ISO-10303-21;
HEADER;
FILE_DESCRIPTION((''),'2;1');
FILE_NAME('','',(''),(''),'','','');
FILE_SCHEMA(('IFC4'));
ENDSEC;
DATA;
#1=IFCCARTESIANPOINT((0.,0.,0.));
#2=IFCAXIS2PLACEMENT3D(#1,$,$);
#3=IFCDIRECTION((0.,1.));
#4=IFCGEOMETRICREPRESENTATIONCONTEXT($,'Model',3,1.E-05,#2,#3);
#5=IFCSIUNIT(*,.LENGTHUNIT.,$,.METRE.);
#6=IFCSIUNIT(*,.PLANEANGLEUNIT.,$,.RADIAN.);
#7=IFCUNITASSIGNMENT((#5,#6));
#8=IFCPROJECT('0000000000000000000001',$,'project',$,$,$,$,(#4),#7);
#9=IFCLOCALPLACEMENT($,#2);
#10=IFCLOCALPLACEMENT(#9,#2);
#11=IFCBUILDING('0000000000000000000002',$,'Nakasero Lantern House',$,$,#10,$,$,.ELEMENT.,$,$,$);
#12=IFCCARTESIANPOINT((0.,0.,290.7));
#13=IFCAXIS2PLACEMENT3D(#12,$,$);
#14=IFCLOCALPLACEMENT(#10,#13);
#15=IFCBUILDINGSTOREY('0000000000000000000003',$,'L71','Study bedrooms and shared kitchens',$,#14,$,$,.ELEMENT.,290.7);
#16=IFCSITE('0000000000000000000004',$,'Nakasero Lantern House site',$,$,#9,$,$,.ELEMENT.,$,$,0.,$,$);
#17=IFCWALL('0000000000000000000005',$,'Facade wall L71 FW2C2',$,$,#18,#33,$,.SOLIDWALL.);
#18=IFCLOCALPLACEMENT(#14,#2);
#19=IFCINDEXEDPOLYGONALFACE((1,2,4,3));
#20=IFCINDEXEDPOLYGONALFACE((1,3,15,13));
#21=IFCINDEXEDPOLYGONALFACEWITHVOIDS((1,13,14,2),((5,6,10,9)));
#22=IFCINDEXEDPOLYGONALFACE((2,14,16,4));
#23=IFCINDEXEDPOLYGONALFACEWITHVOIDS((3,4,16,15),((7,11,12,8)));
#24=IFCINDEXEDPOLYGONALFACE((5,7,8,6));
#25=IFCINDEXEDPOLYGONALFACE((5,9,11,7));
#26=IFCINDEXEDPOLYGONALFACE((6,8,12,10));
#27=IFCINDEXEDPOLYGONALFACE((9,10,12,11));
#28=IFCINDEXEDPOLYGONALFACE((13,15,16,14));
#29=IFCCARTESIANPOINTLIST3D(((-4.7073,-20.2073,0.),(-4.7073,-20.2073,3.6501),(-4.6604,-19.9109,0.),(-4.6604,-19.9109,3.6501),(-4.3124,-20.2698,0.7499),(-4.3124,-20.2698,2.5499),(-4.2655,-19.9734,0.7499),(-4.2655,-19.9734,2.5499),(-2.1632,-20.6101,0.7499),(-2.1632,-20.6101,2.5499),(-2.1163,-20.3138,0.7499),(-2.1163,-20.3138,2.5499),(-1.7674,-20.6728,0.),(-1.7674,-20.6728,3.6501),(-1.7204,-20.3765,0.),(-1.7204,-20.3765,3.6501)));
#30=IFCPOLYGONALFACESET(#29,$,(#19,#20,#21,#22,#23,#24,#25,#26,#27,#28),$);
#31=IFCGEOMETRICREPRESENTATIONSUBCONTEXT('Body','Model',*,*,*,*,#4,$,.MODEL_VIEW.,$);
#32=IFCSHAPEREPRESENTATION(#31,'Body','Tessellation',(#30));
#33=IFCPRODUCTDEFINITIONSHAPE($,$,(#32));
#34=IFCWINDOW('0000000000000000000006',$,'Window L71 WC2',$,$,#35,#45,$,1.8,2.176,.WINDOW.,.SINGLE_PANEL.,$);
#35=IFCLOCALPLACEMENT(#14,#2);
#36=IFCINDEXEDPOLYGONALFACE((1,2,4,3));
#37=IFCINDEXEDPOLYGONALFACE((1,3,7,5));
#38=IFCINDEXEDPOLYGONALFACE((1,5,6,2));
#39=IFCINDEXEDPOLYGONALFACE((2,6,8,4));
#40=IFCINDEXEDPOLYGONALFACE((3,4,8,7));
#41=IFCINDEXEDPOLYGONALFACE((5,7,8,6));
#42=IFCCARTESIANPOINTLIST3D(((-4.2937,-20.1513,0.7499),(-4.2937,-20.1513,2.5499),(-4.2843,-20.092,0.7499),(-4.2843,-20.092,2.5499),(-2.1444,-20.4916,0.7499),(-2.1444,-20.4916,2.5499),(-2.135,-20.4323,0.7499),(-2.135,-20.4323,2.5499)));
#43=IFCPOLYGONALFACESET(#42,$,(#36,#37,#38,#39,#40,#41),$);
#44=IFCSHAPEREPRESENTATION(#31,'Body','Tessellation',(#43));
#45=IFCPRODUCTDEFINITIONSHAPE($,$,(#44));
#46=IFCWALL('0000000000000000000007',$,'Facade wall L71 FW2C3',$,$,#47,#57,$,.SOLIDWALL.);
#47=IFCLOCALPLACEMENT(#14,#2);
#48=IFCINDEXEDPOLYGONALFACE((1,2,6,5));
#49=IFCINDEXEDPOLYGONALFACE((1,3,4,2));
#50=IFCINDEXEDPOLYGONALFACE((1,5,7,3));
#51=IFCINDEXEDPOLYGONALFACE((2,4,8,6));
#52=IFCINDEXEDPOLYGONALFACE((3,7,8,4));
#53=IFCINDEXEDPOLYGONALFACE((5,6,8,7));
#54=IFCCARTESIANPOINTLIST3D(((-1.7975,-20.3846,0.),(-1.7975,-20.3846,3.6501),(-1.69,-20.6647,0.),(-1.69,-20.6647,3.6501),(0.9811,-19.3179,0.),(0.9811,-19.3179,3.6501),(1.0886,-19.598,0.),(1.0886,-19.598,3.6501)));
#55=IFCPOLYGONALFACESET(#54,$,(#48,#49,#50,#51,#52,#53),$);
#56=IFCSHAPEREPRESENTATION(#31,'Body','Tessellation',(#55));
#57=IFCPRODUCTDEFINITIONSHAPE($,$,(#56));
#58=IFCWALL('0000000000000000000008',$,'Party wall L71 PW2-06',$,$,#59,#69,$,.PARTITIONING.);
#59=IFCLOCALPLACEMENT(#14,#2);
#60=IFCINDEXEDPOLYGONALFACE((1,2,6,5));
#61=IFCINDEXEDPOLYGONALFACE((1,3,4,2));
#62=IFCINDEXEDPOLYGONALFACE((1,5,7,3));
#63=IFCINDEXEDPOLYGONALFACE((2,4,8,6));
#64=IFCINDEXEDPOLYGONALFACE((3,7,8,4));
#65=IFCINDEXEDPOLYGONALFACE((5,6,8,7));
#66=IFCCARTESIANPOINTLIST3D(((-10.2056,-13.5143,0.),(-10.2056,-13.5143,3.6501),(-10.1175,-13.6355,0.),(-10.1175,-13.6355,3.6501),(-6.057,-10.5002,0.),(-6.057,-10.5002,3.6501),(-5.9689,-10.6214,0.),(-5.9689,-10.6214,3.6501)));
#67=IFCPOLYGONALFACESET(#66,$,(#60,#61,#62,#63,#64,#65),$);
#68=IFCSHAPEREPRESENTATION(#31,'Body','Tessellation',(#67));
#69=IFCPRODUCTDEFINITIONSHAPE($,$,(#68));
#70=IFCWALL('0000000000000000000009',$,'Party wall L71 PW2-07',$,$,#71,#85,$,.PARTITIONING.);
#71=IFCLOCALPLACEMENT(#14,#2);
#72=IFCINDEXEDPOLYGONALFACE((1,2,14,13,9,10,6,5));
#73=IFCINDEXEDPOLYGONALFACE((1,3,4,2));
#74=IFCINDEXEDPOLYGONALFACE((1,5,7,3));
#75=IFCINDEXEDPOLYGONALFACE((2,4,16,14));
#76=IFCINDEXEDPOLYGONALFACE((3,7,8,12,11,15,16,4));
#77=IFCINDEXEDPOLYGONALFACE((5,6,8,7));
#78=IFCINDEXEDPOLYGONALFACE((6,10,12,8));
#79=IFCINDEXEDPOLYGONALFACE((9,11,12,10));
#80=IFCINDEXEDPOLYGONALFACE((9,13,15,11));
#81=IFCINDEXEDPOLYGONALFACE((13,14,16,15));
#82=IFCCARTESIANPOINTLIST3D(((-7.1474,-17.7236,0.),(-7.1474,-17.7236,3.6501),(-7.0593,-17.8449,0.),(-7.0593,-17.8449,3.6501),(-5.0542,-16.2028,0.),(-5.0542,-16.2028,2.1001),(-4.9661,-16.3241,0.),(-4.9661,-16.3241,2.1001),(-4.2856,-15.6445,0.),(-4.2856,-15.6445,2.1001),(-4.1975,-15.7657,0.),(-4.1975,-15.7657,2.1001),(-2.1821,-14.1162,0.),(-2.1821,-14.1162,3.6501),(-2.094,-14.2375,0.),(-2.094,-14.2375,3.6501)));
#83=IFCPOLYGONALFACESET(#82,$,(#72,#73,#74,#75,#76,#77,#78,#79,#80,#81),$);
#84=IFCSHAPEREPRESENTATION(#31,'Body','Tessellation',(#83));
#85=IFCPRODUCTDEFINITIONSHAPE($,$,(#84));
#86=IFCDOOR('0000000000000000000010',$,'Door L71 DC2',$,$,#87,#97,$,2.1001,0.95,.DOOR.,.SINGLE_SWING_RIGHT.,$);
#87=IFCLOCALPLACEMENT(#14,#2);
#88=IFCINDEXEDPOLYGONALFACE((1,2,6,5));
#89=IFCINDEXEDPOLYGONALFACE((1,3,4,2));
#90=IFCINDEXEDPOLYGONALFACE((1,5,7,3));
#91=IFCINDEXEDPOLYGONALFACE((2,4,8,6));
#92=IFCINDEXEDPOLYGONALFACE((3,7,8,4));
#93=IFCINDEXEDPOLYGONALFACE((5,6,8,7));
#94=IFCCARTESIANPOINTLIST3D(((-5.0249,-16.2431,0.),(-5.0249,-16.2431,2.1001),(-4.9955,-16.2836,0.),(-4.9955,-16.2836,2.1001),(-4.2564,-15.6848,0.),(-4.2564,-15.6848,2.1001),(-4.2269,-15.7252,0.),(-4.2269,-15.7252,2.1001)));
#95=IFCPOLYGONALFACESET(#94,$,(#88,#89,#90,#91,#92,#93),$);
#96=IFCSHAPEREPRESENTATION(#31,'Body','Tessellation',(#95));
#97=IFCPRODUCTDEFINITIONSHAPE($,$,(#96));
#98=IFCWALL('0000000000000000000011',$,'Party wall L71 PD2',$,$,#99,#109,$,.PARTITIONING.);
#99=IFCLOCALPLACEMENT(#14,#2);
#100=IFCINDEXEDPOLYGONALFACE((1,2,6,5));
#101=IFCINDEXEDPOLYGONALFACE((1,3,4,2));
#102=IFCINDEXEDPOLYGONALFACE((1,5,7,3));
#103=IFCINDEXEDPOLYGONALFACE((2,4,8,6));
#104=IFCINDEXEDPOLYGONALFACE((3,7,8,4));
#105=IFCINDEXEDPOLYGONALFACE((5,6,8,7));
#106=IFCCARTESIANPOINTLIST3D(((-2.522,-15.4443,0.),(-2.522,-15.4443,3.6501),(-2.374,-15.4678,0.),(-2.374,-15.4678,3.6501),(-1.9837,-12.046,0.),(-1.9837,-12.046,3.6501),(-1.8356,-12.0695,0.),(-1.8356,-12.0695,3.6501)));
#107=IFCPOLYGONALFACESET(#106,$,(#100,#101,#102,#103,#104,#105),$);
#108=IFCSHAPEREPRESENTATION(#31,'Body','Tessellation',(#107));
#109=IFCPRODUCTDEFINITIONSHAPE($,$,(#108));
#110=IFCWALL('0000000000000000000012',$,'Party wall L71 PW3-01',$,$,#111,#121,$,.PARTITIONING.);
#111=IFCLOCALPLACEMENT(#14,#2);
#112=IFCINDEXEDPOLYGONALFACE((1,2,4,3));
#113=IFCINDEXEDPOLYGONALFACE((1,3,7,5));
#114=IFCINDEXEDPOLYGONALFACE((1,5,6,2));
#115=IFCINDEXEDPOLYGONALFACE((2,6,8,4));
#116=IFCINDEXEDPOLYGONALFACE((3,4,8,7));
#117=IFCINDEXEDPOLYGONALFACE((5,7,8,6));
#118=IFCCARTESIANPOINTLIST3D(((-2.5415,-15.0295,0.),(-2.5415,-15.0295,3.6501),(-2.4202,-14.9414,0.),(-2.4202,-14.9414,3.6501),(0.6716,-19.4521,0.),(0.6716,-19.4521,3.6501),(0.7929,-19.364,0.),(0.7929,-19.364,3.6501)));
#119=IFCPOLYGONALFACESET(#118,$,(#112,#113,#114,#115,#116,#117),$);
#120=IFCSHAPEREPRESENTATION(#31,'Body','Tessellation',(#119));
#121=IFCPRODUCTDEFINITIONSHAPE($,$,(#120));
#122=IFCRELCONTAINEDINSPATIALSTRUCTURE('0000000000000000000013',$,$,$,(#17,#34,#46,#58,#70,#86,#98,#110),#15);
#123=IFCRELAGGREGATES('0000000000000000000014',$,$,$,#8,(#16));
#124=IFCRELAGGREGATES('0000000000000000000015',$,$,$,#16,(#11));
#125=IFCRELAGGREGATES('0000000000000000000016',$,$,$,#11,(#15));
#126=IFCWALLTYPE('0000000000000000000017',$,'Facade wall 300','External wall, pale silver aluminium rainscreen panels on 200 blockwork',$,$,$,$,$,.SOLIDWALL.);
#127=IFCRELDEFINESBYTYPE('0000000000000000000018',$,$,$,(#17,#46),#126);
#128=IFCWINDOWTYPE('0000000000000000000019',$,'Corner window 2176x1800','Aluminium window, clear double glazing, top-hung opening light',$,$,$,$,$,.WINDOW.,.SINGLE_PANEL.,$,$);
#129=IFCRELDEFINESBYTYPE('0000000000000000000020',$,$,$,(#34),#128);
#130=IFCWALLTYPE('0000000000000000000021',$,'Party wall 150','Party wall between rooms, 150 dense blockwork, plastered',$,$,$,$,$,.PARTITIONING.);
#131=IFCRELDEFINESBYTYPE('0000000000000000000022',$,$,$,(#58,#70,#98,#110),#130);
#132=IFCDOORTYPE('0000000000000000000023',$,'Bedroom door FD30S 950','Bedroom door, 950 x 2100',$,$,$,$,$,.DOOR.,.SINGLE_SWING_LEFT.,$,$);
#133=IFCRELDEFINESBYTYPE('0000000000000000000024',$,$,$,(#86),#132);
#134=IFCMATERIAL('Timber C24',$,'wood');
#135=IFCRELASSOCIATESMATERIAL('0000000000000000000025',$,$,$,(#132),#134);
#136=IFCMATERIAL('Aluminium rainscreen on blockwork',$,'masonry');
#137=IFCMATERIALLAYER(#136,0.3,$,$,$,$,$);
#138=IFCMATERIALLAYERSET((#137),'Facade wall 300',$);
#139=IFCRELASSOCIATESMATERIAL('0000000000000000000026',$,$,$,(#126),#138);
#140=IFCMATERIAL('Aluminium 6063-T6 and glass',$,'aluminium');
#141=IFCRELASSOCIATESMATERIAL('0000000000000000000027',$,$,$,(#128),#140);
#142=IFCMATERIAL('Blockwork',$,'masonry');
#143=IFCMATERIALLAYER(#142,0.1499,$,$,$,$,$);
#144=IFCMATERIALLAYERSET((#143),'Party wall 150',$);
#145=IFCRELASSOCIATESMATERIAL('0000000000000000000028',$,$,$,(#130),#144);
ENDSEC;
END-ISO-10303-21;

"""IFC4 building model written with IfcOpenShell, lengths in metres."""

from ifc_helpers import new_model, si_unit, direction, frame, frame_2d, origin, place, context, subcontext, project, spatial, rectangle, extrude, material, layer, layer_set, type_object, element, fill, save


model = new_model("IFC4")

# Units and contexts
model_context = context("Model", 3, precision=1e-05, world=origin(), true_north=direction((0.0, 1.0)))
body_context = subcontext(model_context, "Body", "Model", "MODEL_VIEW")
ifc_project = project(units=[si_unit("LENGTHUNIT", "METRE"), si_unit("PLANEANGLEUNIT", "RADIAN")], contexts=[model_context])

# Site, building, storey
site_placement = place(None, origin())
site = spatial("IfcSite", under=ifc_project, at=site_placement, Name="Nakasero Lantern House site", CompositionType="ELEMENT", RefElevation=0.0)
building_placement = place(site_placement, origin())
building = spatial("IfcBuilding", under=site, at=building_placement, Name="Nakasero Lantern House", CompositionType="ELEMENT")
storey_placement = place(building_placement, frame((0.0, 0.0, 290.7)))
storey = spatial("IfcBuildingStorey", under=building, at=storey_placement, Name="L71", Description="Study bedrooms and shared kitchens", CompositionType="ELEMENT", Elevation=290.7)

# Shared definitions
ifc_material_1 = material(Name="Timber C24", Category="wood")
door_type_1 = type_object("IfcDoorType", Name="Bedroom door FD30S 950", Description="Bedroom door, 950 x 2100", OperationType="SINGLE_SWING_LEFT", PredefinedType="DOOR", material=ifc_material_1)

# Wall, opening, window
ifc_material_2 = material(Name="Aluminium rainscreen on blockwork", Category="masonry")
ifc_layer_1 = layer(ifc_material_2, 0.3)
ifc_layer_set_1 = layer_set([ifc_layer_1], Name="Facade wall 300")
wall_type_1 = type_object("IfcWallType", Name="Facade wall 300", Description="External wall, pale silver aluminium rainscreen panels on 200 blockwork", PredefinedType="SOLIDWALL", material=ifc_layer_set_1)
wall_1_placement = place(storey_placement, frame((-4.6838, -20.0591, 0.0), z_axis=(0.0, 0.0, 1.0), x_axis=(0.987692, -0.156413, 0.0)))
wall_1 = element("IfcWall", 1, at=wall_1_placement, inside=storey, type_object=wall_type_1, Name="Facade wall L71 FW2C2", PredefinedType="SOLIDWALL", context=body_context, shape_type="SweptSolid", body=[
    extrude(rectangle(XDim=2.9766, YDim=0.3, at=frame_2d((1.4883, 0.0))), origin(), (0.0, 0.0, 1.0), 3.6501),
])
opening_1_placement = place(wall_1_placement, frame((0.3999, 0.0, 0.75)))
opening_1 = element("IfcOpeningElement", 2, at=opening_1_placement, cuts=wall_1, PredefinedType="OPENING", context=body_context, shape_type="SweptSolid", body=[
    extrude(rectangle(XDim=2.176, YDim=1.8, at=frame_2d((1.0879, 0.8999))), frame((0.0, 0.1699, 0.0), z_axis=(0.0, -1.0, 0.0), x_axis=(1.0, 0.0, 0.0)), (0.0, 0.0, 1.0), 0.3401),
])
ifc_material_3 = material(Name="Aluminium 6063-T6 and glass", Category="aluminium")
window_type = type_object("IfcWindowType", Name="Corner window 2176x1800", Description="Aluminium window, clear double glazing, top-hung opening light", PartitioningType="SINGLE_PANEL", PredefinedType="WINDOW", material=ifc_material_3)
window_placement = place(opening_1_placement, origin())
window = element("IfcWindow", 3, at=window_placement, inside=storey, type_object=window_type, Name="Window L71 WC2", OverallHeight=1.8, OverallWidth=2.176, PartitioningType="SINGLE_PANEL", PredefinedType="WINDOW", context=body_context, shape_type="SweptSolid", body=[
    extrude(rectangle(XDim=2.176, YDim=1.8, at=frame_2d((1.0879, 0.8999))), frame((0.0, 0.03, 0.0), z_axis=(0.0, -1.0, 0.0), x_axis=(1.0, 0.0, 0.0)), (0.0, 0.0, 1.0), 0.0601),
])
fill(opening_1, window)

# Walls
wall_2_placement = place(storey_placement, frame((-1.7439, -20.5247, 0.0), z_axis=(0.0, 0.0, 1.0), x_axis=(0.933574, 0.358385, 0.0)))
element("IfcWall", 4, at=wall_2_placement, inside=storey, type_object=wall_type_1, Name="Facade wall L71 FW2C3", PredefinedType="SOLIDWALL", context=body_context, shape_type="SweptSolid", body=[
    extrude(rectangle(XDim=2.9763, YDim=0.3, at=frame_2d((1.4883, 0.0))), origin(), (0.0, 0.0, 1.0), 3.6501),
])
ifc_material_4 = material(Name="Blockwork", Category="masonry")
ifc_layer_2 = layer(ifc_material_4, 0.1499)
ifc_layer_set_2 = layer_set([ifc_layer_2], Name="Party wall 150")
wall_type_2 = type_object("IfcWallType", Name="Party wall 150", Description="Party wall between rooms, 150 dense blockwork, plastered", PredefinedType="PARTITIONING", material=ifc_layer_set_2)
wall_3_placement = place(storey_placement, frame((-6.0129, -10.5608, 0.0), z_axis=(0.0, 0.0, 1.0), x_axis=(-0.80902, -0.587781, 0.0)))
element("IfcWall", 5, at=wall_3_placement, inside=storey, type_object=wall_type_2, Name="Party wall L71 PW2-06", PredefinedType="PARTITIONING", context=body_context, shape_type="SweptSolid", body=[
    extrude(rectangle(XDim=5.1279, YDim=0.1499, at=frame_2d((2.564, 0.0))), origin(), (0.0, 0.0, 1.0), 3.6501),
])

# Wall, opening, door
wall_4_placement = place(storey_placement, frame((-2.1379, -14.1768, 0.0), z_axis=(0.0, 0.0, 1.0), x_axis=(-0.809025, -0.587774, 0.0)))
wall_4 = element("IfcWall", 6, at=wall_4_placement, inside=storey, type_object=wall_type_2, Name="Party wall L71 PW2-07", PredefinedType="PARTITIONING", context=body_context, shape_type="SweptSolid", body=[
    extrude(rectangle(XDim=6.1375, YDim=0.1499, at=frame_2d((3.0688, 0.0))), origin(), (0.0, 0.0, 1.0), 3.6501),
])
opening_2_placement = place(wall_4_placement, frame((2.6001, 0.0, 0.0)))
opening_2 = element("IfcOpeningElement", 7, at=opening_2_placement, cuts=wall_4, PredefinedType="OPENING", context=body_context, shape_type="SweptSolid", body=[
    extrude(rectangle(XDim=0.95, YDim=2.1001, at=frame_2d((0.4751, 1.05))), frame((0.0, 0.095, 0.0), z_axis=(0.0, -1.0, 0.0), x_axis=(1.0, 0.0, 0.0)), (0.0, 0.0, 1.0), 0.1899),
])
door_1_placement = place(opening_2_placement, origin())
door_1 = element("IfcDoor", 8, at=door_1_placement, inside=storey, type_object=door_type_1, Name="Door L71 DC2", OperationType="SINGLE_SWING_RIGHT", OverallHeight=2.1001, OverallWidth=0.95, PredefinedType="DOOR", context=body_context, shape_type="SweptSolid", body=[
    extrude(rectangle(XDim=0.95, YDim=2.1001, at=frame_2d((0.4751, 1.05))), frame((0.0, 0.0249, 0.0), z_axis=(0.0, -1.0, 0.0), x_axis=(1.0, 0.0, 0.0)), (0.0, 0.0, 1.0), 0.05),
])
fill(opening_2, door_1)

# Walls
wall_5_placement = place(storey_placement, frame((-1.9097, -12.0579, 0.0), z_axis=(0.0, 0.0, 1.0), x_axis=(-0.156465, -0.987683, 0.0)))
element("IfcWall", 9, at=wall_5_placement, inside=storey, type_object=wall_type_2, Name="Party wall L71 PD2", PredefinedType="PARTITIONING", context=body_context, shape_type="SweptSolid", body=[
    extrude(rectangle(XDim=3.4407, YDim=0.1499, at=frame_2d((1.7202, 0.0))), origin(), (0.0, 0.0, 1.0), 3.6501),
])
wall_6_placement = place(storey_placement, frame((-2.481, -14.9854, 0.0), z_axis=(0.0, 0.0, 1.0), x_axis=(0.587776, -0.809024, 0.0)))
element("IfcWall", 10, at=wall_6_placement, inside=storey, type_object=wall_type_2, Name="Party wall L71 PW3-01", PredefinedType="PARTITIONING", context=body_context, shape_type="SweptSolid", body=[
    extrude(rectangle(XDim=5.4666, YDim=0.1499, at=frame_2d((2.7334, 0.0))), origin(), (0.0, 0.0, 1.0), 3.6501),
])

save(model, "model.ifc")
